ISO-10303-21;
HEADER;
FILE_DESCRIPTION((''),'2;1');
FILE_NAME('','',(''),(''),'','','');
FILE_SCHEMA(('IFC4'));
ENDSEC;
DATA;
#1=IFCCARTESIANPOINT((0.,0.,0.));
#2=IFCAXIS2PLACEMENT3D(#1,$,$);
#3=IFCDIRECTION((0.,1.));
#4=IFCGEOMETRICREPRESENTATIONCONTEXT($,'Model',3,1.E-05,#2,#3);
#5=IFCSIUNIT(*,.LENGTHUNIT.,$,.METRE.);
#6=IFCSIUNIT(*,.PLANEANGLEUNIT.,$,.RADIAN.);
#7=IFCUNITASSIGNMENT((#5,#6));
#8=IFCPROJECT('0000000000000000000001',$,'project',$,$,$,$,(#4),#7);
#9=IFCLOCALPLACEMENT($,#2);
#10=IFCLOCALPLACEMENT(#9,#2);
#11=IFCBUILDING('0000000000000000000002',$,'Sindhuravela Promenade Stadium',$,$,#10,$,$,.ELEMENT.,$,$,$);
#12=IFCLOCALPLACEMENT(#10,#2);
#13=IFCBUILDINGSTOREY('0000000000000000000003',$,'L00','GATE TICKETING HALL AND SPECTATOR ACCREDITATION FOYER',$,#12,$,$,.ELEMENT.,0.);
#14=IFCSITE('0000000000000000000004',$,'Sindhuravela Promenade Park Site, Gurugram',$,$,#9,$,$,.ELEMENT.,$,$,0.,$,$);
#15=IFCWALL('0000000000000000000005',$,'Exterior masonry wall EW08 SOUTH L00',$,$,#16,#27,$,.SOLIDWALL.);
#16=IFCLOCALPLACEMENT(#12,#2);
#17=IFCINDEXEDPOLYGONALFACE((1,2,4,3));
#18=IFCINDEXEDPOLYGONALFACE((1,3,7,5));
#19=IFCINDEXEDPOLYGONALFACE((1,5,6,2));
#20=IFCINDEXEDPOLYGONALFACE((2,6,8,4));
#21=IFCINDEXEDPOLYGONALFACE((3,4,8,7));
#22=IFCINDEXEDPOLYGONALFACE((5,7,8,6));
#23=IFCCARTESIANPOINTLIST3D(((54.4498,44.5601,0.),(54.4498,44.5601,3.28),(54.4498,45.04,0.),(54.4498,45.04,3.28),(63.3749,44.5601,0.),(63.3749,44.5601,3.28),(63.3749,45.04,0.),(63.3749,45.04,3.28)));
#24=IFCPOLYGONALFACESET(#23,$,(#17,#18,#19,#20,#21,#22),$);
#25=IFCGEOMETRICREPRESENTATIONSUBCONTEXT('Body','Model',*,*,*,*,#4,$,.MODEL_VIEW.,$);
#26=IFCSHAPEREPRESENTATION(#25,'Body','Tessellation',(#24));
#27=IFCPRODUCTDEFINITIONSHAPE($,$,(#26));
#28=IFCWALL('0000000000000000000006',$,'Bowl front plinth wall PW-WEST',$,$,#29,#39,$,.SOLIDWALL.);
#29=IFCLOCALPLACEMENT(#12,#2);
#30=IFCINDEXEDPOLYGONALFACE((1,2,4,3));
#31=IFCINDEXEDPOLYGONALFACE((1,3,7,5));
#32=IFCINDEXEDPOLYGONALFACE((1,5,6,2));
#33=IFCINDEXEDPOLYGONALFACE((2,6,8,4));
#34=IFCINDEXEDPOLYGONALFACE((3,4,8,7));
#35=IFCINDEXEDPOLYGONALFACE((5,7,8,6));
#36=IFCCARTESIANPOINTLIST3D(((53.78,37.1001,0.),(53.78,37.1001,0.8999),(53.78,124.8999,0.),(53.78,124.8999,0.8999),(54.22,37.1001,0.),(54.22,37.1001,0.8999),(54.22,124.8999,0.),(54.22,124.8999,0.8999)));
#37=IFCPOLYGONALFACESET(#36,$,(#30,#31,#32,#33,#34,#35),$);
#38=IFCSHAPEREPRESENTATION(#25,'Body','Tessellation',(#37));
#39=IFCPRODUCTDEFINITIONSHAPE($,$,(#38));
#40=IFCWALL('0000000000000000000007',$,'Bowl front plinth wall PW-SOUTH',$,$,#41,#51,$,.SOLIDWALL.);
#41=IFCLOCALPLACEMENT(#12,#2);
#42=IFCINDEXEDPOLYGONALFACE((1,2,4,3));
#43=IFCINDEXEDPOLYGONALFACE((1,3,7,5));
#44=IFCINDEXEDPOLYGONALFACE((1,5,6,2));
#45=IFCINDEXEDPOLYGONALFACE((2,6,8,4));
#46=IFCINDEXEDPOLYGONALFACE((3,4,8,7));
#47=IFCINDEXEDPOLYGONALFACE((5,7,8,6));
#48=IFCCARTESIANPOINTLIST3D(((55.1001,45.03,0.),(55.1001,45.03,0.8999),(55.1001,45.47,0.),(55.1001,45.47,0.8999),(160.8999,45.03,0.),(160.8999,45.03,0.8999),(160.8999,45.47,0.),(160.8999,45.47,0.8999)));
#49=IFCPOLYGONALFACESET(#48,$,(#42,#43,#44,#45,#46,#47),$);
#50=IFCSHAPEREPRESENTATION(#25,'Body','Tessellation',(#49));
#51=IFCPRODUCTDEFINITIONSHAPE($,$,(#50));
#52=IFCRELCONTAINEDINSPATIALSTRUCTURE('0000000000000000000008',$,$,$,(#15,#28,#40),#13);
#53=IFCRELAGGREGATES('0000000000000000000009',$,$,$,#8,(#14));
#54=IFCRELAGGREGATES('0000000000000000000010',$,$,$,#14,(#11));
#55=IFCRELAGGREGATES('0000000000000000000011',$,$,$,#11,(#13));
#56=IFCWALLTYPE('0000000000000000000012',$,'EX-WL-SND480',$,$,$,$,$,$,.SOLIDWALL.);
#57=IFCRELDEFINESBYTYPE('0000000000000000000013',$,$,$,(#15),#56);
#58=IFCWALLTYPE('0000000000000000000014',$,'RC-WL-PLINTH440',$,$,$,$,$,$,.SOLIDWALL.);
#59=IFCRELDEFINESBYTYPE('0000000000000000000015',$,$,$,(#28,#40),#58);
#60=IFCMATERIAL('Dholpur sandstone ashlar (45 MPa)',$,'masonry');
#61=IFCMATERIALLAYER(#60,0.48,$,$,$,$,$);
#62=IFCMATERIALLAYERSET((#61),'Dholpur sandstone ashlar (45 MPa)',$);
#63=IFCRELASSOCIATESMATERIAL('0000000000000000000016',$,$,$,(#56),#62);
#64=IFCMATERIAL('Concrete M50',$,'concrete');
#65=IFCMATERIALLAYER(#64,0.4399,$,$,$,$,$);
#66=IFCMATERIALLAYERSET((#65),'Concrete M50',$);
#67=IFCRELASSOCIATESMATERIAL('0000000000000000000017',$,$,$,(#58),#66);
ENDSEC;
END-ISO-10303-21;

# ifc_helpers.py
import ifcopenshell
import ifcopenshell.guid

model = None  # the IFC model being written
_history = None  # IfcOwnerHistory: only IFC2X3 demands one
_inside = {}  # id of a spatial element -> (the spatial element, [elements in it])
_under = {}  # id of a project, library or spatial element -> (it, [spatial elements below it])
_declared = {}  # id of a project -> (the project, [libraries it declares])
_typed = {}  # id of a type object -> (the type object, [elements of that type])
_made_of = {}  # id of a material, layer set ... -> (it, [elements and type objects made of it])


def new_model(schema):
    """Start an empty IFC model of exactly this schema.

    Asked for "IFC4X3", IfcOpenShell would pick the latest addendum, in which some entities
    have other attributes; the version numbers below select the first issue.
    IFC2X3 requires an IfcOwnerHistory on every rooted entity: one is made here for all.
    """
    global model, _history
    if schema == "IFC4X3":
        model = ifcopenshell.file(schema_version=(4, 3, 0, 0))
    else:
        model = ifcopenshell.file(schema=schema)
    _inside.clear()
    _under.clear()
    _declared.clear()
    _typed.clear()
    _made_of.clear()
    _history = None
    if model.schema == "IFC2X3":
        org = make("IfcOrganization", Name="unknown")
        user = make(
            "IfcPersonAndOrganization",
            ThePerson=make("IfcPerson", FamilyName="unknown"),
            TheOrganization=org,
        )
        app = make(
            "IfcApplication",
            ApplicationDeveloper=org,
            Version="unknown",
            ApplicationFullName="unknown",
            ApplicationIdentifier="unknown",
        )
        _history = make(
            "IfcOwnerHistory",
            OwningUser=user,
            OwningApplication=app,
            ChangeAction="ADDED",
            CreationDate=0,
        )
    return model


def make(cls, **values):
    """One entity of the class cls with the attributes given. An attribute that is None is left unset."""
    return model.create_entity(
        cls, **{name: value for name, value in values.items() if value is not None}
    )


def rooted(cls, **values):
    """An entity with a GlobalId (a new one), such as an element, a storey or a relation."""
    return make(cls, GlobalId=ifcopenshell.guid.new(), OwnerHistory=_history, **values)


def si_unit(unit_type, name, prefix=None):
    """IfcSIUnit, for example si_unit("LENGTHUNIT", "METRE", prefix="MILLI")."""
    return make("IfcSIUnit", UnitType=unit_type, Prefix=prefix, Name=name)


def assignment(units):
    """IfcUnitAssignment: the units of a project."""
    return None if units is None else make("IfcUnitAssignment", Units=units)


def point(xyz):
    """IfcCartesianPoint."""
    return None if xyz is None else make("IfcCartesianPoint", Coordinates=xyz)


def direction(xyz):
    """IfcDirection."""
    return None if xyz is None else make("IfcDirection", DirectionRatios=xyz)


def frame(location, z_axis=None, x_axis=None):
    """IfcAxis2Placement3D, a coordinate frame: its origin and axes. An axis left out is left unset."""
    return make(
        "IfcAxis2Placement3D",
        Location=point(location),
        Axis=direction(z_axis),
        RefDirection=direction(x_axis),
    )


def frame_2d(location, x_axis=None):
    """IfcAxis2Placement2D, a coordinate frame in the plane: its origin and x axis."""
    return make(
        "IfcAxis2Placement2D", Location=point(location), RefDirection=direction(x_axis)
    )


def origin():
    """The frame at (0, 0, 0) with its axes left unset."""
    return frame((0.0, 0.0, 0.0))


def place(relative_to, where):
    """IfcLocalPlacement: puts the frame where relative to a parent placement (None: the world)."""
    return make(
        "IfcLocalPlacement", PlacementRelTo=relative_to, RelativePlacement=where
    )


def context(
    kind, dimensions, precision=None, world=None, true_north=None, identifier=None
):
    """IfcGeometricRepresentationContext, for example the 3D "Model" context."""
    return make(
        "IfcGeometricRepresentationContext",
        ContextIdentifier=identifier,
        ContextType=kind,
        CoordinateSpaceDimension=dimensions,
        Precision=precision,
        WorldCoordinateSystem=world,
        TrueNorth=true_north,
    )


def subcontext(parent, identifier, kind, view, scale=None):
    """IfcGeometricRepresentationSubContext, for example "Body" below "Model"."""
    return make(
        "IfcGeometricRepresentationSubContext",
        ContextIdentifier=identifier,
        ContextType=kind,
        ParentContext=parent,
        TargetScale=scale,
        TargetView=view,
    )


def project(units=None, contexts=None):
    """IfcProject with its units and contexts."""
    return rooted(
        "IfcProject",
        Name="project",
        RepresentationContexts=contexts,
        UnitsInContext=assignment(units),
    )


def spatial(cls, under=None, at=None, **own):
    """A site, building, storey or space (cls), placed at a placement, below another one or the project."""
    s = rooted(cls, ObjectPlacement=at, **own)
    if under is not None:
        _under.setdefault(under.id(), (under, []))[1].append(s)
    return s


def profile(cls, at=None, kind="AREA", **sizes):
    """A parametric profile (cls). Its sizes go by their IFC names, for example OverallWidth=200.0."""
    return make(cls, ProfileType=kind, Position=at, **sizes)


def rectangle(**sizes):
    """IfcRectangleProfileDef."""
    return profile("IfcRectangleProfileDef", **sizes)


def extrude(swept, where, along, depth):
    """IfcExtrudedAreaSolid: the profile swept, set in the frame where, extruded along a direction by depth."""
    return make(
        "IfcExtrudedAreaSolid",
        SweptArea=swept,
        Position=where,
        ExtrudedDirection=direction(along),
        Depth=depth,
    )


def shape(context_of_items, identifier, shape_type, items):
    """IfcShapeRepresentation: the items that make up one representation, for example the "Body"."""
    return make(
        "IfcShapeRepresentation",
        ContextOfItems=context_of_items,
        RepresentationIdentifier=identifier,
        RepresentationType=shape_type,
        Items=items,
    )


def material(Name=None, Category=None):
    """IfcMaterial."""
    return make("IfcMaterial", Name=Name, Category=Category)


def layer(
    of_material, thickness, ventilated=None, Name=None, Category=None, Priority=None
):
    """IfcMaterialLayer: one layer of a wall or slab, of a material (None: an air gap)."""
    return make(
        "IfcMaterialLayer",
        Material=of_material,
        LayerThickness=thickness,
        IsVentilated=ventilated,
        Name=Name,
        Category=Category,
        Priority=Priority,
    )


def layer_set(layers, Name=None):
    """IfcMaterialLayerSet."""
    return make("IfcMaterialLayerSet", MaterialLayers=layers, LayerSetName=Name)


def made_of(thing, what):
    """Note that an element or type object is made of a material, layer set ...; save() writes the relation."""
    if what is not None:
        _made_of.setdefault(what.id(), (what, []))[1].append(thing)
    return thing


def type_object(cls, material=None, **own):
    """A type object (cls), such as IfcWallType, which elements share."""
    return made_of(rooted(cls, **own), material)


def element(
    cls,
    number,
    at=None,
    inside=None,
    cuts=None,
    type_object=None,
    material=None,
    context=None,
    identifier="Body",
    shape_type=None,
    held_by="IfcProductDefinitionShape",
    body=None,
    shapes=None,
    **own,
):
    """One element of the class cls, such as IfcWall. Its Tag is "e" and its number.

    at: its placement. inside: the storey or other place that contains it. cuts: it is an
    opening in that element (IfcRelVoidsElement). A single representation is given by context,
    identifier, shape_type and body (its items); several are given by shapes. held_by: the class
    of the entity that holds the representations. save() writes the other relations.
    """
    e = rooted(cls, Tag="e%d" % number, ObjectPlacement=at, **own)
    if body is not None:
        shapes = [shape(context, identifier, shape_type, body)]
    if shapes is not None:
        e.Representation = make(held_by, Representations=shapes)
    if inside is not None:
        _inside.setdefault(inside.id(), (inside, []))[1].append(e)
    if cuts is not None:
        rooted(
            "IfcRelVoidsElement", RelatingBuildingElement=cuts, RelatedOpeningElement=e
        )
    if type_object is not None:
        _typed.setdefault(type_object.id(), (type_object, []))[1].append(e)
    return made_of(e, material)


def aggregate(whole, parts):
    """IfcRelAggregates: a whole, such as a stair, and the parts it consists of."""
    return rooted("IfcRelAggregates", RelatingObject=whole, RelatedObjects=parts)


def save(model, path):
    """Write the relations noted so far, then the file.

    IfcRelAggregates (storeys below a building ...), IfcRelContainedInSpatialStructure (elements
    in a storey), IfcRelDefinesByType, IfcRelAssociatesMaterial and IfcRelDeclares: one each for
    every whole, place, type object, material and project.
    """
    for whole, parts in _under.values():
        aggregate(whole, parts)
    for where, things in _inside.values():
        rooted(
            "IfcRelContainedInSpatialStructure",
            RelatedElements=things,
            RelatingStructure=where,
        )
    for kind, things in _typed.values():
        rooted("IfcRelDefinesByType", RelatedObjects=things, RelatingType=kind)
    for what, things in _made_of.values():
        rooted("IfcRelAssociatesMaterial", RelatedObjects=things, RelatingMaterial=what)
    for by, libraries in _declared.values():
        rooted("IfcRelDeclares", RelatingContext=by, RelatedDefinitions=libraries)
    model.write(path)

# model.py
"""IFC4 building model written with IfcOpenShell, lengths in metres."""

from ifc_helpers import new_model, si_unit, direction, frame, frame_2d, origin, place, context, subcontext, project, spatial, rectangle, extrude, material, layer, layer_set, type_object, element, save


model = new_model("IFC4")

# Units and contexts
model_context = context("Model", 3, precision=1e-05, world=origin(), true_north=direction((0.0, 1.0)))
body_context = subcontext(model_context, "Body", "Model", "MODEL_VIEW")
ifc_project = project(units=[si_unit("LENGTHUNIT", "METRE"), si_unit("PLANEANGLEUNIT", "RADIAN")], contexts=[model_context])

# Site, building, storey
site_placement = place(None, origin())
site = spatial("IfcSite", under=ifc_project, at=site_placement, Name="Sindhuravela Promenade Park Site, Gurugram", CompositionType="ELEMENT", RefElevation=0.0)
building_placement = place(site_placement, origin())
building = spatial("IfcBuilding", under=site, at=building_placement, Name="Sindhuravela Promenade Stadium", CompositionType="ELEMENT")
storey_placement = place(building_placement, origin())
storey = spatial("IfcBuildingStorey", under=building, at=storey_placement, Name="L00", Description="GATE TICKETING HALL AND SPECTATOR ACCREDITATION FOYER", CompositionType="ELEMENT", Elevation=0.0)

# Shared definitions
ifc_material_1 = material(Name="Concrete M50", Category="concrete")

# Walls
ifc_material_2 = material(Name="Dholpur sandstone ashlar (45 MPa)", Category="masonry")
ifc_layer_1 = layer(ifc_material_2, 0.48)
ifc_layer_set_1 = layer_set([ifc_layer_1], Name="Dholpur sandstone ashlar (45 MPa)")
wall_type_1 = type_object("IfcWallType", Name="EX-WL-SND480", PredefinedType="SOLIDWALL", material=ifc_layer_set_1)
wall_1_placement = place(storey_placement, frame((54.45, 44.8, 0.0), z_axis=(0.0, 0.0, 1.0), x_axis=(1.0, 0.0, 0.0)))
element("IfcWall", 1, at=wall_1_placement, inside=storey, type_object=wall_type_1, Name="Exterior masonry wall EW08 SOUTH L00", PredefinedType="SOLIDWALL", context=body_context, shape_type="SweptSolid", body=[
    extrude(rectangle(XDim=8.925, YDim=0.48, at=frame_2d((4.4624, 0.0))), origin(), (0.0, 0.0, 1.0), 3.28),
])
ifc_layer_2 = layer(ifc_material_1, 0.4399)
ifc_layer_set_2 = layer_set([ifc_layer_2], Name="Concrete M50")
wall_type_2 = type_object("IfcWallType", Name="RC-WL-PLINTH440", PredefinedType="SOLIDWALL", material=ifc_layer_set_2)
wall_2_placement = place(storey_placement, frame((54.0, 37.1001, 0.0), z_axis=(0.0, 0.0, 1.0), x_axis=(0.0, 1.0, 0.0)))
element("IfcWall", 2, at=wall_2_placement, inside=storey, type_object=wall_type_2, Name="Bowl front plinth wall PW-WEST", PredefinedType="SOLIDWALL", context=body_context, shape_type="SweptSolid", body=[
    extrude(rectangle(XDim=87.7998, YDim=0.4399, at=frame_2d((43.8999, 0.0))), origin(), (0.0, 0.0, 1.0), 0.8999),
])
wall_3_placement = place(storey_placement, frame((55.1001, 45.25, 0.0), z_axis=(0.0, 0.0, 1.0), x_axis=(1.0, 0.0, 0.0)))
element("IfcWall", 3, at=wall_3_placement, inside=storey, type_object=wall_type_2, Name="Bowl front plinth wall PW-SOUTH", PredefinedType="SOLIDWALL", context=body_context, shape_type="SweptSolid", body=[
    extrude(rectangle(XDim=105.7998, YDim=0.4399, at=frame_2d((52.8999, 0.0))), origin(), (0.0, 0.0, 1.0), 0.8999),
])

save(model, "model.ifc")
